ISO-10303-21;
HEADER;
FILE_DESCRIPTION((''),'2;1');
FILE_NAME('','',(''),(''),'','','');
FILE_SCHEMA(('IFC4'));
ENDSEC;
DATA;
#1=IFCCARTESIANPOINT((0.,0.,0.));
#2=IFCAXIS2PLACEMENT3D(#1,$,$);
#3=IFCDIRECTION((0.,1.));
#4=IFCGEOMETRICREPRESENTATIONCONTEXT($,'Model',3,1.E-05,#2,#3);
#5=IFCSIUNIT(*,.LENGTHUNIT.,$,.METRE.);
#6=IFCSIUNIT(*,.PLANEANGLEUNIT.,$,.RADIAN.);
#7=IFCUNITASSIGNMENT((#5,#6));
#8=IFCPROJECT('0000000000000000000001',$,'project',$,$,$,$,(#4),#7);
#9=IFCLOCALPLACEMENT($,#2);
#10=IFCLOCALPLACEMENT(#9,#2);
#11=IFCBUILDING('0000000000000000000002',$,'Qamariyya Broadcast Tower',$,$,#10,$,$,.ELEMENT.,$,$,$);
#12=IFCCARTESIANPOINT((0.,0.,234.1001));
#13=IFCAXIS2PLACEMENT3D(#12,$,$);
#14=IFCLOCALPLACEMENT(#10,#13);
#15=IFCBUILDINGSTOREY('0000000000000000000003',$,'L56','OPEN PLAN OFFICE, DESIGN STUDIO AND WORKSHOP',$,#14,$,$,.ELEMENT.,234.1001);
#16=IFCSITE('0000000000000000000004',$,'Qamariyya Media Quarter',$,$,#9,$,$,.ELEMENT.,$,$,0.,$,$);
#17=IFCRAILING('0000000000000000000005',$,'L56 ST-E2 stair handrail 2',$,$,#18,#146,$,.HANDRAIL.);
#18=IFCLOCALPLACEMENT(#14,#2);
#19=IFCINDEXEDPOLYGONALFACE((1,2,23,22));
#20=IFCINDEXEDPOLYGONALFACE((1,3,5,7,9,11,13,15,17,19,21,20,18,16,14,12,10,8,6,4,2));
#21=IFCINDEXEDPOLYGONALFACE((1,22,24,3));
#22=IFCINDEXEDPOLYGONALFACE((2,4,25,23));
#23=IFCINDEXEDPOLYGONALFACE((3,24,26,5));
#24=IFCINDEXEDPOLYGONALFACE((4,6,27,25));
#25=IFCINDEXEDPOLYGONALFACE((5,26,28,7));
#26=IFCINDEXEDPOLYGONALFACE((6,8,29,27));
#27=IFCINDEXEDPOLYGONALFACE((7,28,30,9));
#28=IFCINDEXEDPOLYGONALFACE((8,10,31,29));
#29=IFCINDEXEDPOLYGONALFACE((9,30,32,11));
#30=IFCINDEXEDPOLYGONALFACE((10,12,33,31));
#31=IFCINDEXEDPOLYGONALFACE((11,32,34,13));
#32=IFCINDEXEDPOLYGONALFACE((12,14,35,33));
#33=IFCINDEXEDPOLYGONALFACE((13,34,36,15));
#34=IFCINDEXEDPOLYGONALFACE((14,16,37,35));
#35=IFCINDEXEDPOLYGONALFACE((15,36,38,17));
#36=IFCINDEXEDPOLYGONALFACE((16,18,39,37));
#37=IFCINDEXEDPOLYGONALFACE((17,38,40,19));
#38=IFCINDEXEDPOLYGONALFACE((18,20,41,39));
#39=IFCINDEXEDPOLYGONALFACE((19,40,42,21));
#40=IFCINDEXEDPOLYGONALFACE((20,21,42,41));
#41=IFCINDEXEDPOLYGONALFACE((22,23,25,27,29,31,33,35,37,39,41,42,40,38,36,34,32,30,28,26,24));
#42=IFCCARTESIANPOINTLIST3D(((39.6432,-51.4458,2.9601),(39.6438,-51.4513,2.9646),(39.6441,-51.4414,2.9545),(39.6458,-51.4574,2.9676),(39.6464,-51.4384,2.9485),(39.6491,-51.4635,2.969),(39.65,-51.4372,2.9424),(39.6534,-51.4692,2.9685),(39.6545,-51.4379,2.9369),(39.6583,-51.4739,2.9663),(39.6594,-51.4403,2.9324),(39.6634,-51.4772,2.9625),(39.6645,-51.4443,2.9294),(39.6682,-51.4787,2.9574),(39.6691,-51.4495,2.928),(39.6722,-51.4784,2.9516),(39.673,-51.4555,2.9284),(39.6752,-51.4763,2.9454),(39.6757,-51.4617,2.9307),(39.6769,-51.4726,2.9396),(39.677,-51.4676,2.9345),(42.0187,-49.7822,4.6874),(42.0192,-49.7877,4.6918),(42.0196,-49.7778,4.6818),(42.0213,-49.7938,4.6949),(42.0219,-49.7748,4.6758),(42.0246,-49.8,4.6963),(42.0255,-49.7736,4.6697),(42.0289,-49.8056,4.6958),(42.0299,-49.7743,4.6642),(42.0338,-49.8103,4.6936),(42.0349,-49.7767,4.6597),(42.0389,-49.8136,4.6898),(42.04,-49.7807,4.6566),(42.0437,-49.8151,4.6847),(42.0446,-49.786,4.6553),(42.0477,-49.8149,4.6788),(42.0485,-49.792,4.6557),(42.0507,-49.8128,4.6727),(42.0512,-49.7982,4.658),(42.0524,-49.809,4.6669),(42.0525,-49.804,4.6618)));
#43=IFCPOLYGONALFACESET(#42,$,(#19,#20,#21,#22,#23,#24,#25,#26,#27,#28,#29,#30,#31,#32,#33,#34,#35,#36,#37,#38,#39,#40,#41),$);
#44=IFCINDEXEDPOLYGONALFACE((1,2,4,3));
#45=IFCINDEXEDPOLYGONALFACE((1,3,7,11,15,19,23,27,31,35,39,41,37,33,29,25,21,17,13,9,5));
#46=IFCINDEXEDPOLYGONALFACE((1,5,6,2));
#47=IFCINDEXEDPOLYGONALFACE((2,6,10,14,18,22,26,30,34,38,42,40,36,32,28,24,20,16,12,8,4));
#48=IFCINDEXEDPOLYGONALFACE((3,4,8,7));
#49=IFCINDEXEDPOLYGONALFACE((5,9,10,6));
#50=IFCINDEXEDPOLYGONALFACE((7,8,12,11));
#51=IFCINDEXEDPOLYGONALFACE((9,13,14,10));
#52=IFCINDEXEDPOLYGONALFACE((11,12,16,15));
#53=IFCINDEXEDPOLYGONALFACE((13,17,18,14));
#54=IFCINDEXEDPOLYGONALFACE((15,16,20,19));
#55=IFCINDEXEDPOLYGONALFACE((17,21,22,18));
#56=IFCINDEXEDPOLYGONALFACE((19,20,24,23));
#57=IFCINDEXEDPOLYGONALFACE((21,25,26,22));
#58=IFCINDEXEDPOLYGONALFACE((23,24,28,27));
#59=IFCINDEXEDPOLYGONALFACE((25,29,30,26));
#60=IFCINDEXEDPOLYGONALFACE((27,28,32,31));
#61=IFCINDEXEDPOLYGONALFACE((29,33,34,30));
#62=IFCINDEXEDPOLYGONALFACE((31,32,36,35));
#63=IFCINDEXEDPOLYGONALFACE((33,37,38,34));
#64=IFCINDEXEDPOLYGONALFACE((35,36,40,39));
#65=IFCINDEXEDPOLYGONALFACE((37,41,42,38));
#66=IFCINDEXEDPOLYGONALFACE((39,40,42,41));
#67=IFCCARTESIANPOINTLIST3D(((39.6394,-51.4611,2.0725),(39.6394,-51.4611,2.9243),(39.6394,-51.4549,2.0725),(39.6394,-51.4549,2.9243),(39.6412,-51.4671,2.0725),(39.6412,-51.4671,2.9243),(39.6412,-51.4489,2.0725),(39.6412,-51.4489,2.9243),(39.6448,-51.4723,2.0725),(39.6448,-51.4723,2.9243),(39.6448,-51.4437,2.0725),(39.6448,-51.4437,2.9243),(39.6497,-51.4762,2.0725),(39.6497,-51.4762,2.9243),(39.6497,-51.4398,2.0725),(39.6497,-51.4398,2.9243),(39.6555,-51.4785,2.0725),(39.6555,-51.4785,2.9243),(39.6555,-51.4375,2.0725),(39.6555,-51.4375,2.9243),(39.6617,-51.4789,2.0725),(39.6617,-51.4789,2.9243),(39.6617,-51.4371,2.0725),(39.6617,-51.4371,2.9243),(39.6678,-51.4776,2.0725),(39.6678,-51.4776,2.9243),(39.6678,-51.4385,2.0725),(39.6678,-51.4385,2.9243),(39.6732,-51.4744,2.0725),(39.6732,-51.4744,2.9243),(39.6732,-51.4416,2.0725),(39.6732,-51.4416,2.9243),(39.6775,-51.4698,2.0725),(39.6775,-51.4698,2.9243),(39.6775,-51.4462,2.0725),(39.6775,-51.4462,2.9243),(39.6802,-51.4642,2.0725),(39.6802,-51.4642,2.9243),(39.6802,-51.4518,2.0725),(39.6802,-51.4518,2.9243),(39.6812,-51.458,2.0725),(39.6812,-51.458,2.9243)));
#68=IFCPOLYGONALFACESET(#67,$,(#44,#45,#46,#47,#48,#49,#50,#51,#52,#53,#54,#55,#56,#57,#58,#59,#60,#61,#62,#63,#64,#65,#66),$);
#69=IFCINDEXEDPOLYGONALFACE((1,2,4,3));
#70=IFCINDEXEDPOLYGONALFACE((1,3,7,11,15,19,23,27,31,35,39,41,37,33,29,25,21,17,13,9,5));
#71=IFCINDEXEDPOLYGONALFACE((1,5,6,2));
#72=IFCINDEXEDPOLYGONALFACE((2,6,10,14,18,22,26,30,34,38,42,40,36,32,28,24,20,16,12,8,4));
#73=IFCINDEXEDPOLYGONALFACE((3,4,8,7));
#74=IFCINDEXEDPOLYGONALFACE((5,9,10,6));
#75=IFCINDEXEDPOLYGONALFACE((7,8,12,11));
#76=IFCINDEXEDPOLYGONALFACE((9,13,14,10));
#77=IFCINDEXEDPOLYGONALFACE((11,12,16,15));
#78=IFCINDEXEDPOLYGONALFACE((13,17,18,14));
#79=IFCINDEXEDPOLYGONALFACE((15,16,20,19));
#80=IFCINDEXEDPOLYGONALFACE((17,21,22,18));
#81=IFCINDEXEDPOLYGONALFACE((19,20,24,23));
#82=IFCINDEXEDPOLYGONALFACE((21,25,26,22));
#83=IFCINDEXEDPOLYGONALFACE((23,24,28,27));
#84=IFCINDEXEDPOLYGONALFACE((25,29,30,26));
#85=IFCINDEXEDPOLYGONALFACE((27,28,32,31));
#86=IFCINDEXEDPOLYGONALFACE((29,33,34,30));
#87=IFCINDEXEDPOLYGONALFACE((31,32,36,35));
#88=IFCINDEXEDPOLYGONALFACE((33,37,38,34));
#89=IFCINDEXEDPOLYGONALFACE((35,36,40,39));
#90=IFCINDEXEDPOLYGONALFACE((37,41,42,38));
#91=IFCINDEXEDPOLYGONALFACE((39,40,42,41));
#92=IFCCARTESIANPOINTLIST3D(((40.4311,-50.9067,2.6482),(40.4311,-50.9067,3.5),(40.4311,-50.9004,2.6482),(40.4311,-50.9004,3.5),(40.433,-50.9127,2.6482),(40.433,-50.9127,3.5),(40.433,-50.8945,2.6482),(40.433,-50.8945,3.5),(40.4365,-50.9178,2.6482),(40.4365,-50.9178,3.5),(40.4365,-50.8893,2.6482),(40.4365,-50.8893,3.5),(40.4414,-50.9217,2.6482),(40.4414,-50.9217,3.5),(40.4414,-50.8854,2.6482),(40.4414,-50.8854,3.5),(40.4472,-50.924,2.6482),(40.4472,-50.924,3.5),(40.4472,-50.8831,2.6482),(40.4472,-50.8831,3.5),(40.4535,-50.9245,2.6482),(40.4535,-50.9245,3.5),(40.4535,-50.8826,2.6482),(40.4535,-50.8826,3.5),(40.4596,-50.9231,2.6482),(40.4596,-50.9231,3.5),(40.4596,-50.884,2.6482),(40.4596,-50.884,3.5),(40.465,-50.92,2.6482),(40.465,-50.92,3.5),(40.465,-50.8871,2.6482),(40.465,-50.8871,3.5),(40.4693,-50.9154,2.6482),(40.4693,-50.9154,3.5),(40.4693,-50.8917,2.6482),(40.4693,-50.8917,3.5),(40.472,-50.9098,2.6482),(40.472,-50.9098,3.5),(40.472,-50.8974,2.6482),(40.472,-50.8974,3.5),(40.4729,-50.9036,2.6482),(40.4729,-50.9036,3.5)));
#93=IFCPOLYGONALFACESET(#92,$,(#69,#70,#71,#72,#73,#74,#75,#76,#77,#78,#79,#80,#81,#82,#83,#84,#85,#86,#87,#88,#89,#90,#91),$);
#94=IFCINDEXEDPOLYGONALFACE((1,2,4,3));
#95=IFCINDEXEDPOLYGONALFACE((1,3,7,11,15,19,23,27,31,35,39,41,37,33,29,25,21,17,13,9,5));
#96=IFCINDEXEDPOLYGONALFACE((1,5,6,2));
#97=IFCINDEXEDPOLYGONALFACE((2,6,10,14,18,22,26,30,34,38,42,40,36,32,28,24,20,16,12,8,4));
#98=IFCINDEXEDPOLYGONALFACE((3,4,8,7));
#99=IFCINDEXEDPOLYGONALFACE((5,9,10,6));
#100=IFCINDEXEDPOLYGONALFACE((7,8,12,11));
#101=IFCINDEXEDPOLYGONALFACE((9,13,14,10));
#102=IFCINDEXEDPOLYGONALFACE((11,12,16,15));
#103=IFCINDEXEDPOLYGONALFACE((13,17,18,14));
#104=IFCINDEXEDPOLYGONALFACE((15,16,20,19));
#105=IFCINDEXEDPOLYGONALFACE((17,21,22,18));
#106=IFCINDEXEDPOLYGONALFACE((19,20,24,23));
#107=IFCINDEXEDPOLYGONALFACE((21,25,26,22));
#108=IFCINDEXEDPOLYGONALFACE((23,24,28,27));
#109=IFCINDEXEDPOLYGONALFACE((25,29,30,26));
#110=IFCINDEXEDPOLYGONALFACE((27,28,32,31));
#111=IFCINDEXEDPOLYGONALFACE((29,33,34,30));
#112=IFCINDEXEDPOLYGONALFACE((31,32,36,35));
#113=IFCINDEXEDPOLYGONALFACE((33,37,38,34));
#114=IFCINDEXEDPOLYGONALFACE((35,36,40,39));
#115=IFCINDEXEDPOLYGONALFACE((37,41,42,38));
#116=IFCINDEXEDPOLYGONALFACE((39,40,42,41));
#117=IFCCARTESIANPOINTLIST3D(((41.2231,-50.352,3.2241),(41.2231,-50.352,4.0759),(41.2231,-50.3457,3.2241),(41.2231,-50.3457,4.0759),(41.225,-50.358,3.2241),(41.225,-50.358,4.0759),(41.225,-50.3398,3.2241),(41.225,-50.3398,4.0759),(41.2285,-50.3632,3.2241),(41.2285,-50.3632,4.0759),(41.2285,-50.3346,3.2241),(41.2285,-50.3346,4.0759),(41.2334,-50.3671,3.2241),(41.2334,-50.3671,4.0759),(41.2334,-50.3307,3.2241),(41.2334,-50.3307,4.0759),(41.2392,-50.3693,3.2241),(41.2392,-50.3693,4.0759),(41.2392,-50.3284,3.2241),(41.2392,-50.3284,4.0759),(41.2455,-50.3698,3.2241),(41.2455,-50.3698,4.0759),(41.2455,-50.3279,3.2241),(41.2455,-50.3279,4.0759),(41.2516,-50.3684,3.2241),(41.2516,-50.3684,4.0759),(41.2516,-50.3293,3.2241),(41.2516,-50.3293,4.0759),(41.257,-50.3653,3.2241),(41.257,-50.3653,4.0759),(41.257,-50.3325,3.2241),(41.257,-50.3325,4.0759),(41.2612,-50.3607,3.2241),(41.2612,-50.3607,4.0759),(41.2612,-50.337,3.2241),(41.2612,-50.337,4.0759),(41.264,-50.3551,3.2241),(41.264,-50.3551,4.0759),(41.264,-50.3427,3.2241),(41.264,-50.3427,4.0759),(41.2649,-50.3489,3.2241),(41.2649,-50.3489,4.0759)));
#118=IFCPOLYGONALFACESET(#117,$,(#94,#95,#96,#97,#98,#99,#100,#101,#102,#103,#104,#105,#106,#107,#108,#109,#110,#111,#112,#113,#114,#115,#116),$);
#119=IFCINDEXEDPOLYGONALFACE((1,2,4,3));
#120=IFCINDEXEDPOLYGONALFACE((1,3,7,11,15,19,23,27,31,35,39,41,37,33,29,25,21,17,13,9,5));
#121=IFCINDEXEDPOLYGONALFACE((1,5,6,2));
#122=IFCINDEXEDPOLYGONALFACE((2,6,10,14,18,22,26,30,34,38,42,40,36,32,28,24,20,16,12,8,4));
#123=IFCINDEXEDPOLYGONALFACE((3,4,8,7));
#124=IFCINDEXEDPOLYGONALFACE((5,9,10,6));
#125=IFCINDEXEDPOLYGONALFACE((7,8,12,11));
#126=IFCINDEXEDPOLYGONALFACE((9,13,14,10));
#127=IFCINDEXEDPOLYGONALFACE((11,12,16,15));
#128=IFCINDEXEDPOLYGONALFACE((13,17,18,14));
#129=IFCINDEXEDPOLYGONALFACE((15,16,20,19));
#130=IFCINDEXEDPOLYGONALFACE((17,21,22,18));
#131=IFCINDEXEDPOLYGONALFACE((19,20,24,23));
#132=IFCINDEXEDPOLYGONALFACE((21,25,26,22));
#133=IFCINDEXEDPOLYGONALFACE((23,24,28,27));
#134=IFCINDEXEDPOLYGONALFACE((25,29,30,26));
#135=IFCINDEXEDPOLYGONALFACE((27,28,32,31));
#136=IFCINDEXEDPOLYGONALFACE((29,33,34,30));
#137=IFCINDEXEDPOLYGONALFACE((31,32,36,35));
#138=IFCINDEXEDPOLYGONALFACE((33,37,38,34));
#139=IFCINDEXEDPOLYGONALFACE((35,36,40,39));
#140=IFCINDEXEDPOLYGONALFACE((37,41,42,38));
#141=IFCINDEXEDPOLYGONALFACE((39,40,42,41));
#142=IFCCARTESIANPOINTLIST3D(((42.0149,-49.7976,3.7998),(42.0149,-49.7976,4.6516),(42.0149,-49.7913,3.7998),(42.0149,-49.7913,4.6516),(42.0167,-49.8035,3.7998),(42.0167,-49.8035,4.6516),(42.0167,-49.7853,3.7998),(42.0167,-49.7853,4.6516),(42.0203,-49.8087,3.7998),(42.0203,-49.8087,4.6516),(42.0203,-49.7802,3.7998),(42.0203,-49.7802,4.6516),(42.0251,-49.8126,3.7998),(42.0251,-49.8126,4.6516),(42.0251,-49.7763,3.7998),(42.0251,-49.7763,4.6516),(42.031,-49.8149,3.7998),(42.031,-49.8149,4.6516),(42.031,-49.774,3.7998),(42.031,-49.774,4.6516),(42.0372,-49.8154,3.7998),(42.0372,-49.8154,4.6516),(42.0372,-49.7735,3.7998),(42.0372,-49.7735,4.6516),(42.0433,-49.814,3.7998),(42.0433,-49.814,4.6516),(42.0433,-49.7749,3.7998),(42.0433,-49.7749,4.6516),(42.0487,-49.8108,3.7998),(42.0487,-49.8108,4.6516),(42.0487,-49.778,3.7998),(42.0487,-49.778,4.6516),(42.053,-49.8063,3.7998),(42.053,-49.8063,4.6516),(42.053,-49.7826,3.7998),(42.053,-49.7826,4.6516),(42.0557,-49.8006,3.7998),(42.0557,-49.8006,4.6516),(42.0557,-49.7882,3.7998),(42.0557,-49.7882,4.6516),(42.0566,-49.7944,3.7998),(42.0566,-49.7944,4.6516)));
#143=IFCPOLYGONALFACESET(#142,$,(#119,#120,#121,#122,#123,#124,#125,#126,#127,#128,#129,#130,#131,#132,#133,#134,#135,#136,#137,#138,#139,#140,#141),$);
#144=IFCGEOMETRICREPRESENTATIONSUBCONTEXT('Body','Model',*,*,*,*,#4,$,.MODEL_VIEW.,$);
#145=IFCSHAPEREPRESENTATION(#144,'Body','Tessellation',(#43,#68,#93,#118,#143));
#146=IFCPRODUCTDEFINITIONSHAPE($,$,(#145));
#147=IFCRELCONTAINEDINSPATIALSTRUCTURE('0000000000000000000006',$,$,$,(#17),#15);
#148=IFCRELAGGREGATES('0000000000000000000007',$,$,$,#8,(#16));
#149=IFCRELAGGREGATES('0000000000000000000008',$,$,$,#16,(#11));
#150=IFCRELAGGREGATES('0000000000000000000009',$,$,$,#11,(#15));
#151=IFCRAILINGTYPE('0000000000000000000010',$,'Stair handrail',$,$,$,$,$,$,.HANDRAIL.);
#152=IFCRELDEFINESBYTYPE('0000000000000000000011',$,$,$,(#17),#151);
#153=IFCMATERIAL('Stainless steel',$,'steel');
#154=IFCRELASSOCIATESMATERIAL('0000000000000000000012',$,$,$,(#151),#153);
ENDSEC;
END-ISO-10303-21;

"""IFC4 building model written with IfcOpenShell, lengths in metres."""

from ifc_helpers import new_model, si_unit, direction, frame, origin, origin_2d, place, context, subcontext, project, spatial, circle, extrude, material, type_object, element, save


model = new_model("IFC4")

# Units and contexts
model_context = context("Model", 3, precision=1e-05, world=origin(), true_north=direction((0.0, 1.0)))
body_context = subcontext(model_context, "Body", "Model", "MODEL_VIEW")
ifc_project = project(units=[si_unit("LENGTHUNIT", "METRE"), si_unit("PLANEANGLEUNIT", "RADIAN")], contexts=[model_context])

# Site, building, storey
site_placement = place(None, origin())
site = spatial("IfcSite", under=ifc_project, at=site_placement, Name="Qamariyya Media Quarter", CompositionType="ELEMENT", RefElevation=0.0)
building_placement = place(site_placement, origin())
building = spatial("IfcBuilding", under=site, at=building_placement, Name="Qamariyya Broadcast Tower", CompositionType="ELEMENT")
storey_placement = place(building_placement, frame((0.0, 0.0, 234.1001)))
storey = spatial("IfcBuildingStorey", under=building, at=storey_placement, Name="L56", Description="OPEN PLAN OFFICE, DESIGN STUDIO AND WORKSHOP", CompositionType="ELEMENT", Elevation=234.1001)

# Railing
ifc_material_1 = material(Name="Stainless steel", Category="steel")
railing_type_1 = type_object("IfcRailingType", Name="Stair handrail", PredefinedType="HANDRAIL", material=ifc_material_1)
railing_1_placement = place(storey_placement, frame((39.6602, -51.458, 2.0725)))
element("IfcRailing", 1, at=railing_1_placement, inside=storey, type_object=railing_type_1, Name="L56 ST-E2 stair handrail 2", PredefinedType="HANDRAIL", context=body_context, shape_type="SweptSolid", body=[
    extrude(circle(Radius=0.0239, at=origin_2d()), frame((0.0, 0.0, 0.876), z_axis=(0.703745, 0.492838, 0.511716), x_axis=(-0.573632, 0.819113, 0.0)), (0.0, 0.0, 1.0), 3.3755),
    extrude(circle(Radius=0.021, at=origin_2d()), origin(), (0.0, 0.0, 1.0), 0.8518),
    extrude(circle(Radius=0.021, at=origin_2d()), frame((0.7917, 0.5544, 0.5757)), (0.0, 0.0, 1.0), 0.8518),
    extrude(circle(Radius=0.021, at=origin_2d()), frame((1.5837, 1.1091, 1.1516)), (0.0, 0.0, 1.0), 0.8518),
    extrude(circle(Radius=0.021, at=origin_2d()), frame((2.3755, 1.6636, 1.7273)), (0.0, 0.0, 1.0), 0.8518),
])

save(model, "model.ifc")
